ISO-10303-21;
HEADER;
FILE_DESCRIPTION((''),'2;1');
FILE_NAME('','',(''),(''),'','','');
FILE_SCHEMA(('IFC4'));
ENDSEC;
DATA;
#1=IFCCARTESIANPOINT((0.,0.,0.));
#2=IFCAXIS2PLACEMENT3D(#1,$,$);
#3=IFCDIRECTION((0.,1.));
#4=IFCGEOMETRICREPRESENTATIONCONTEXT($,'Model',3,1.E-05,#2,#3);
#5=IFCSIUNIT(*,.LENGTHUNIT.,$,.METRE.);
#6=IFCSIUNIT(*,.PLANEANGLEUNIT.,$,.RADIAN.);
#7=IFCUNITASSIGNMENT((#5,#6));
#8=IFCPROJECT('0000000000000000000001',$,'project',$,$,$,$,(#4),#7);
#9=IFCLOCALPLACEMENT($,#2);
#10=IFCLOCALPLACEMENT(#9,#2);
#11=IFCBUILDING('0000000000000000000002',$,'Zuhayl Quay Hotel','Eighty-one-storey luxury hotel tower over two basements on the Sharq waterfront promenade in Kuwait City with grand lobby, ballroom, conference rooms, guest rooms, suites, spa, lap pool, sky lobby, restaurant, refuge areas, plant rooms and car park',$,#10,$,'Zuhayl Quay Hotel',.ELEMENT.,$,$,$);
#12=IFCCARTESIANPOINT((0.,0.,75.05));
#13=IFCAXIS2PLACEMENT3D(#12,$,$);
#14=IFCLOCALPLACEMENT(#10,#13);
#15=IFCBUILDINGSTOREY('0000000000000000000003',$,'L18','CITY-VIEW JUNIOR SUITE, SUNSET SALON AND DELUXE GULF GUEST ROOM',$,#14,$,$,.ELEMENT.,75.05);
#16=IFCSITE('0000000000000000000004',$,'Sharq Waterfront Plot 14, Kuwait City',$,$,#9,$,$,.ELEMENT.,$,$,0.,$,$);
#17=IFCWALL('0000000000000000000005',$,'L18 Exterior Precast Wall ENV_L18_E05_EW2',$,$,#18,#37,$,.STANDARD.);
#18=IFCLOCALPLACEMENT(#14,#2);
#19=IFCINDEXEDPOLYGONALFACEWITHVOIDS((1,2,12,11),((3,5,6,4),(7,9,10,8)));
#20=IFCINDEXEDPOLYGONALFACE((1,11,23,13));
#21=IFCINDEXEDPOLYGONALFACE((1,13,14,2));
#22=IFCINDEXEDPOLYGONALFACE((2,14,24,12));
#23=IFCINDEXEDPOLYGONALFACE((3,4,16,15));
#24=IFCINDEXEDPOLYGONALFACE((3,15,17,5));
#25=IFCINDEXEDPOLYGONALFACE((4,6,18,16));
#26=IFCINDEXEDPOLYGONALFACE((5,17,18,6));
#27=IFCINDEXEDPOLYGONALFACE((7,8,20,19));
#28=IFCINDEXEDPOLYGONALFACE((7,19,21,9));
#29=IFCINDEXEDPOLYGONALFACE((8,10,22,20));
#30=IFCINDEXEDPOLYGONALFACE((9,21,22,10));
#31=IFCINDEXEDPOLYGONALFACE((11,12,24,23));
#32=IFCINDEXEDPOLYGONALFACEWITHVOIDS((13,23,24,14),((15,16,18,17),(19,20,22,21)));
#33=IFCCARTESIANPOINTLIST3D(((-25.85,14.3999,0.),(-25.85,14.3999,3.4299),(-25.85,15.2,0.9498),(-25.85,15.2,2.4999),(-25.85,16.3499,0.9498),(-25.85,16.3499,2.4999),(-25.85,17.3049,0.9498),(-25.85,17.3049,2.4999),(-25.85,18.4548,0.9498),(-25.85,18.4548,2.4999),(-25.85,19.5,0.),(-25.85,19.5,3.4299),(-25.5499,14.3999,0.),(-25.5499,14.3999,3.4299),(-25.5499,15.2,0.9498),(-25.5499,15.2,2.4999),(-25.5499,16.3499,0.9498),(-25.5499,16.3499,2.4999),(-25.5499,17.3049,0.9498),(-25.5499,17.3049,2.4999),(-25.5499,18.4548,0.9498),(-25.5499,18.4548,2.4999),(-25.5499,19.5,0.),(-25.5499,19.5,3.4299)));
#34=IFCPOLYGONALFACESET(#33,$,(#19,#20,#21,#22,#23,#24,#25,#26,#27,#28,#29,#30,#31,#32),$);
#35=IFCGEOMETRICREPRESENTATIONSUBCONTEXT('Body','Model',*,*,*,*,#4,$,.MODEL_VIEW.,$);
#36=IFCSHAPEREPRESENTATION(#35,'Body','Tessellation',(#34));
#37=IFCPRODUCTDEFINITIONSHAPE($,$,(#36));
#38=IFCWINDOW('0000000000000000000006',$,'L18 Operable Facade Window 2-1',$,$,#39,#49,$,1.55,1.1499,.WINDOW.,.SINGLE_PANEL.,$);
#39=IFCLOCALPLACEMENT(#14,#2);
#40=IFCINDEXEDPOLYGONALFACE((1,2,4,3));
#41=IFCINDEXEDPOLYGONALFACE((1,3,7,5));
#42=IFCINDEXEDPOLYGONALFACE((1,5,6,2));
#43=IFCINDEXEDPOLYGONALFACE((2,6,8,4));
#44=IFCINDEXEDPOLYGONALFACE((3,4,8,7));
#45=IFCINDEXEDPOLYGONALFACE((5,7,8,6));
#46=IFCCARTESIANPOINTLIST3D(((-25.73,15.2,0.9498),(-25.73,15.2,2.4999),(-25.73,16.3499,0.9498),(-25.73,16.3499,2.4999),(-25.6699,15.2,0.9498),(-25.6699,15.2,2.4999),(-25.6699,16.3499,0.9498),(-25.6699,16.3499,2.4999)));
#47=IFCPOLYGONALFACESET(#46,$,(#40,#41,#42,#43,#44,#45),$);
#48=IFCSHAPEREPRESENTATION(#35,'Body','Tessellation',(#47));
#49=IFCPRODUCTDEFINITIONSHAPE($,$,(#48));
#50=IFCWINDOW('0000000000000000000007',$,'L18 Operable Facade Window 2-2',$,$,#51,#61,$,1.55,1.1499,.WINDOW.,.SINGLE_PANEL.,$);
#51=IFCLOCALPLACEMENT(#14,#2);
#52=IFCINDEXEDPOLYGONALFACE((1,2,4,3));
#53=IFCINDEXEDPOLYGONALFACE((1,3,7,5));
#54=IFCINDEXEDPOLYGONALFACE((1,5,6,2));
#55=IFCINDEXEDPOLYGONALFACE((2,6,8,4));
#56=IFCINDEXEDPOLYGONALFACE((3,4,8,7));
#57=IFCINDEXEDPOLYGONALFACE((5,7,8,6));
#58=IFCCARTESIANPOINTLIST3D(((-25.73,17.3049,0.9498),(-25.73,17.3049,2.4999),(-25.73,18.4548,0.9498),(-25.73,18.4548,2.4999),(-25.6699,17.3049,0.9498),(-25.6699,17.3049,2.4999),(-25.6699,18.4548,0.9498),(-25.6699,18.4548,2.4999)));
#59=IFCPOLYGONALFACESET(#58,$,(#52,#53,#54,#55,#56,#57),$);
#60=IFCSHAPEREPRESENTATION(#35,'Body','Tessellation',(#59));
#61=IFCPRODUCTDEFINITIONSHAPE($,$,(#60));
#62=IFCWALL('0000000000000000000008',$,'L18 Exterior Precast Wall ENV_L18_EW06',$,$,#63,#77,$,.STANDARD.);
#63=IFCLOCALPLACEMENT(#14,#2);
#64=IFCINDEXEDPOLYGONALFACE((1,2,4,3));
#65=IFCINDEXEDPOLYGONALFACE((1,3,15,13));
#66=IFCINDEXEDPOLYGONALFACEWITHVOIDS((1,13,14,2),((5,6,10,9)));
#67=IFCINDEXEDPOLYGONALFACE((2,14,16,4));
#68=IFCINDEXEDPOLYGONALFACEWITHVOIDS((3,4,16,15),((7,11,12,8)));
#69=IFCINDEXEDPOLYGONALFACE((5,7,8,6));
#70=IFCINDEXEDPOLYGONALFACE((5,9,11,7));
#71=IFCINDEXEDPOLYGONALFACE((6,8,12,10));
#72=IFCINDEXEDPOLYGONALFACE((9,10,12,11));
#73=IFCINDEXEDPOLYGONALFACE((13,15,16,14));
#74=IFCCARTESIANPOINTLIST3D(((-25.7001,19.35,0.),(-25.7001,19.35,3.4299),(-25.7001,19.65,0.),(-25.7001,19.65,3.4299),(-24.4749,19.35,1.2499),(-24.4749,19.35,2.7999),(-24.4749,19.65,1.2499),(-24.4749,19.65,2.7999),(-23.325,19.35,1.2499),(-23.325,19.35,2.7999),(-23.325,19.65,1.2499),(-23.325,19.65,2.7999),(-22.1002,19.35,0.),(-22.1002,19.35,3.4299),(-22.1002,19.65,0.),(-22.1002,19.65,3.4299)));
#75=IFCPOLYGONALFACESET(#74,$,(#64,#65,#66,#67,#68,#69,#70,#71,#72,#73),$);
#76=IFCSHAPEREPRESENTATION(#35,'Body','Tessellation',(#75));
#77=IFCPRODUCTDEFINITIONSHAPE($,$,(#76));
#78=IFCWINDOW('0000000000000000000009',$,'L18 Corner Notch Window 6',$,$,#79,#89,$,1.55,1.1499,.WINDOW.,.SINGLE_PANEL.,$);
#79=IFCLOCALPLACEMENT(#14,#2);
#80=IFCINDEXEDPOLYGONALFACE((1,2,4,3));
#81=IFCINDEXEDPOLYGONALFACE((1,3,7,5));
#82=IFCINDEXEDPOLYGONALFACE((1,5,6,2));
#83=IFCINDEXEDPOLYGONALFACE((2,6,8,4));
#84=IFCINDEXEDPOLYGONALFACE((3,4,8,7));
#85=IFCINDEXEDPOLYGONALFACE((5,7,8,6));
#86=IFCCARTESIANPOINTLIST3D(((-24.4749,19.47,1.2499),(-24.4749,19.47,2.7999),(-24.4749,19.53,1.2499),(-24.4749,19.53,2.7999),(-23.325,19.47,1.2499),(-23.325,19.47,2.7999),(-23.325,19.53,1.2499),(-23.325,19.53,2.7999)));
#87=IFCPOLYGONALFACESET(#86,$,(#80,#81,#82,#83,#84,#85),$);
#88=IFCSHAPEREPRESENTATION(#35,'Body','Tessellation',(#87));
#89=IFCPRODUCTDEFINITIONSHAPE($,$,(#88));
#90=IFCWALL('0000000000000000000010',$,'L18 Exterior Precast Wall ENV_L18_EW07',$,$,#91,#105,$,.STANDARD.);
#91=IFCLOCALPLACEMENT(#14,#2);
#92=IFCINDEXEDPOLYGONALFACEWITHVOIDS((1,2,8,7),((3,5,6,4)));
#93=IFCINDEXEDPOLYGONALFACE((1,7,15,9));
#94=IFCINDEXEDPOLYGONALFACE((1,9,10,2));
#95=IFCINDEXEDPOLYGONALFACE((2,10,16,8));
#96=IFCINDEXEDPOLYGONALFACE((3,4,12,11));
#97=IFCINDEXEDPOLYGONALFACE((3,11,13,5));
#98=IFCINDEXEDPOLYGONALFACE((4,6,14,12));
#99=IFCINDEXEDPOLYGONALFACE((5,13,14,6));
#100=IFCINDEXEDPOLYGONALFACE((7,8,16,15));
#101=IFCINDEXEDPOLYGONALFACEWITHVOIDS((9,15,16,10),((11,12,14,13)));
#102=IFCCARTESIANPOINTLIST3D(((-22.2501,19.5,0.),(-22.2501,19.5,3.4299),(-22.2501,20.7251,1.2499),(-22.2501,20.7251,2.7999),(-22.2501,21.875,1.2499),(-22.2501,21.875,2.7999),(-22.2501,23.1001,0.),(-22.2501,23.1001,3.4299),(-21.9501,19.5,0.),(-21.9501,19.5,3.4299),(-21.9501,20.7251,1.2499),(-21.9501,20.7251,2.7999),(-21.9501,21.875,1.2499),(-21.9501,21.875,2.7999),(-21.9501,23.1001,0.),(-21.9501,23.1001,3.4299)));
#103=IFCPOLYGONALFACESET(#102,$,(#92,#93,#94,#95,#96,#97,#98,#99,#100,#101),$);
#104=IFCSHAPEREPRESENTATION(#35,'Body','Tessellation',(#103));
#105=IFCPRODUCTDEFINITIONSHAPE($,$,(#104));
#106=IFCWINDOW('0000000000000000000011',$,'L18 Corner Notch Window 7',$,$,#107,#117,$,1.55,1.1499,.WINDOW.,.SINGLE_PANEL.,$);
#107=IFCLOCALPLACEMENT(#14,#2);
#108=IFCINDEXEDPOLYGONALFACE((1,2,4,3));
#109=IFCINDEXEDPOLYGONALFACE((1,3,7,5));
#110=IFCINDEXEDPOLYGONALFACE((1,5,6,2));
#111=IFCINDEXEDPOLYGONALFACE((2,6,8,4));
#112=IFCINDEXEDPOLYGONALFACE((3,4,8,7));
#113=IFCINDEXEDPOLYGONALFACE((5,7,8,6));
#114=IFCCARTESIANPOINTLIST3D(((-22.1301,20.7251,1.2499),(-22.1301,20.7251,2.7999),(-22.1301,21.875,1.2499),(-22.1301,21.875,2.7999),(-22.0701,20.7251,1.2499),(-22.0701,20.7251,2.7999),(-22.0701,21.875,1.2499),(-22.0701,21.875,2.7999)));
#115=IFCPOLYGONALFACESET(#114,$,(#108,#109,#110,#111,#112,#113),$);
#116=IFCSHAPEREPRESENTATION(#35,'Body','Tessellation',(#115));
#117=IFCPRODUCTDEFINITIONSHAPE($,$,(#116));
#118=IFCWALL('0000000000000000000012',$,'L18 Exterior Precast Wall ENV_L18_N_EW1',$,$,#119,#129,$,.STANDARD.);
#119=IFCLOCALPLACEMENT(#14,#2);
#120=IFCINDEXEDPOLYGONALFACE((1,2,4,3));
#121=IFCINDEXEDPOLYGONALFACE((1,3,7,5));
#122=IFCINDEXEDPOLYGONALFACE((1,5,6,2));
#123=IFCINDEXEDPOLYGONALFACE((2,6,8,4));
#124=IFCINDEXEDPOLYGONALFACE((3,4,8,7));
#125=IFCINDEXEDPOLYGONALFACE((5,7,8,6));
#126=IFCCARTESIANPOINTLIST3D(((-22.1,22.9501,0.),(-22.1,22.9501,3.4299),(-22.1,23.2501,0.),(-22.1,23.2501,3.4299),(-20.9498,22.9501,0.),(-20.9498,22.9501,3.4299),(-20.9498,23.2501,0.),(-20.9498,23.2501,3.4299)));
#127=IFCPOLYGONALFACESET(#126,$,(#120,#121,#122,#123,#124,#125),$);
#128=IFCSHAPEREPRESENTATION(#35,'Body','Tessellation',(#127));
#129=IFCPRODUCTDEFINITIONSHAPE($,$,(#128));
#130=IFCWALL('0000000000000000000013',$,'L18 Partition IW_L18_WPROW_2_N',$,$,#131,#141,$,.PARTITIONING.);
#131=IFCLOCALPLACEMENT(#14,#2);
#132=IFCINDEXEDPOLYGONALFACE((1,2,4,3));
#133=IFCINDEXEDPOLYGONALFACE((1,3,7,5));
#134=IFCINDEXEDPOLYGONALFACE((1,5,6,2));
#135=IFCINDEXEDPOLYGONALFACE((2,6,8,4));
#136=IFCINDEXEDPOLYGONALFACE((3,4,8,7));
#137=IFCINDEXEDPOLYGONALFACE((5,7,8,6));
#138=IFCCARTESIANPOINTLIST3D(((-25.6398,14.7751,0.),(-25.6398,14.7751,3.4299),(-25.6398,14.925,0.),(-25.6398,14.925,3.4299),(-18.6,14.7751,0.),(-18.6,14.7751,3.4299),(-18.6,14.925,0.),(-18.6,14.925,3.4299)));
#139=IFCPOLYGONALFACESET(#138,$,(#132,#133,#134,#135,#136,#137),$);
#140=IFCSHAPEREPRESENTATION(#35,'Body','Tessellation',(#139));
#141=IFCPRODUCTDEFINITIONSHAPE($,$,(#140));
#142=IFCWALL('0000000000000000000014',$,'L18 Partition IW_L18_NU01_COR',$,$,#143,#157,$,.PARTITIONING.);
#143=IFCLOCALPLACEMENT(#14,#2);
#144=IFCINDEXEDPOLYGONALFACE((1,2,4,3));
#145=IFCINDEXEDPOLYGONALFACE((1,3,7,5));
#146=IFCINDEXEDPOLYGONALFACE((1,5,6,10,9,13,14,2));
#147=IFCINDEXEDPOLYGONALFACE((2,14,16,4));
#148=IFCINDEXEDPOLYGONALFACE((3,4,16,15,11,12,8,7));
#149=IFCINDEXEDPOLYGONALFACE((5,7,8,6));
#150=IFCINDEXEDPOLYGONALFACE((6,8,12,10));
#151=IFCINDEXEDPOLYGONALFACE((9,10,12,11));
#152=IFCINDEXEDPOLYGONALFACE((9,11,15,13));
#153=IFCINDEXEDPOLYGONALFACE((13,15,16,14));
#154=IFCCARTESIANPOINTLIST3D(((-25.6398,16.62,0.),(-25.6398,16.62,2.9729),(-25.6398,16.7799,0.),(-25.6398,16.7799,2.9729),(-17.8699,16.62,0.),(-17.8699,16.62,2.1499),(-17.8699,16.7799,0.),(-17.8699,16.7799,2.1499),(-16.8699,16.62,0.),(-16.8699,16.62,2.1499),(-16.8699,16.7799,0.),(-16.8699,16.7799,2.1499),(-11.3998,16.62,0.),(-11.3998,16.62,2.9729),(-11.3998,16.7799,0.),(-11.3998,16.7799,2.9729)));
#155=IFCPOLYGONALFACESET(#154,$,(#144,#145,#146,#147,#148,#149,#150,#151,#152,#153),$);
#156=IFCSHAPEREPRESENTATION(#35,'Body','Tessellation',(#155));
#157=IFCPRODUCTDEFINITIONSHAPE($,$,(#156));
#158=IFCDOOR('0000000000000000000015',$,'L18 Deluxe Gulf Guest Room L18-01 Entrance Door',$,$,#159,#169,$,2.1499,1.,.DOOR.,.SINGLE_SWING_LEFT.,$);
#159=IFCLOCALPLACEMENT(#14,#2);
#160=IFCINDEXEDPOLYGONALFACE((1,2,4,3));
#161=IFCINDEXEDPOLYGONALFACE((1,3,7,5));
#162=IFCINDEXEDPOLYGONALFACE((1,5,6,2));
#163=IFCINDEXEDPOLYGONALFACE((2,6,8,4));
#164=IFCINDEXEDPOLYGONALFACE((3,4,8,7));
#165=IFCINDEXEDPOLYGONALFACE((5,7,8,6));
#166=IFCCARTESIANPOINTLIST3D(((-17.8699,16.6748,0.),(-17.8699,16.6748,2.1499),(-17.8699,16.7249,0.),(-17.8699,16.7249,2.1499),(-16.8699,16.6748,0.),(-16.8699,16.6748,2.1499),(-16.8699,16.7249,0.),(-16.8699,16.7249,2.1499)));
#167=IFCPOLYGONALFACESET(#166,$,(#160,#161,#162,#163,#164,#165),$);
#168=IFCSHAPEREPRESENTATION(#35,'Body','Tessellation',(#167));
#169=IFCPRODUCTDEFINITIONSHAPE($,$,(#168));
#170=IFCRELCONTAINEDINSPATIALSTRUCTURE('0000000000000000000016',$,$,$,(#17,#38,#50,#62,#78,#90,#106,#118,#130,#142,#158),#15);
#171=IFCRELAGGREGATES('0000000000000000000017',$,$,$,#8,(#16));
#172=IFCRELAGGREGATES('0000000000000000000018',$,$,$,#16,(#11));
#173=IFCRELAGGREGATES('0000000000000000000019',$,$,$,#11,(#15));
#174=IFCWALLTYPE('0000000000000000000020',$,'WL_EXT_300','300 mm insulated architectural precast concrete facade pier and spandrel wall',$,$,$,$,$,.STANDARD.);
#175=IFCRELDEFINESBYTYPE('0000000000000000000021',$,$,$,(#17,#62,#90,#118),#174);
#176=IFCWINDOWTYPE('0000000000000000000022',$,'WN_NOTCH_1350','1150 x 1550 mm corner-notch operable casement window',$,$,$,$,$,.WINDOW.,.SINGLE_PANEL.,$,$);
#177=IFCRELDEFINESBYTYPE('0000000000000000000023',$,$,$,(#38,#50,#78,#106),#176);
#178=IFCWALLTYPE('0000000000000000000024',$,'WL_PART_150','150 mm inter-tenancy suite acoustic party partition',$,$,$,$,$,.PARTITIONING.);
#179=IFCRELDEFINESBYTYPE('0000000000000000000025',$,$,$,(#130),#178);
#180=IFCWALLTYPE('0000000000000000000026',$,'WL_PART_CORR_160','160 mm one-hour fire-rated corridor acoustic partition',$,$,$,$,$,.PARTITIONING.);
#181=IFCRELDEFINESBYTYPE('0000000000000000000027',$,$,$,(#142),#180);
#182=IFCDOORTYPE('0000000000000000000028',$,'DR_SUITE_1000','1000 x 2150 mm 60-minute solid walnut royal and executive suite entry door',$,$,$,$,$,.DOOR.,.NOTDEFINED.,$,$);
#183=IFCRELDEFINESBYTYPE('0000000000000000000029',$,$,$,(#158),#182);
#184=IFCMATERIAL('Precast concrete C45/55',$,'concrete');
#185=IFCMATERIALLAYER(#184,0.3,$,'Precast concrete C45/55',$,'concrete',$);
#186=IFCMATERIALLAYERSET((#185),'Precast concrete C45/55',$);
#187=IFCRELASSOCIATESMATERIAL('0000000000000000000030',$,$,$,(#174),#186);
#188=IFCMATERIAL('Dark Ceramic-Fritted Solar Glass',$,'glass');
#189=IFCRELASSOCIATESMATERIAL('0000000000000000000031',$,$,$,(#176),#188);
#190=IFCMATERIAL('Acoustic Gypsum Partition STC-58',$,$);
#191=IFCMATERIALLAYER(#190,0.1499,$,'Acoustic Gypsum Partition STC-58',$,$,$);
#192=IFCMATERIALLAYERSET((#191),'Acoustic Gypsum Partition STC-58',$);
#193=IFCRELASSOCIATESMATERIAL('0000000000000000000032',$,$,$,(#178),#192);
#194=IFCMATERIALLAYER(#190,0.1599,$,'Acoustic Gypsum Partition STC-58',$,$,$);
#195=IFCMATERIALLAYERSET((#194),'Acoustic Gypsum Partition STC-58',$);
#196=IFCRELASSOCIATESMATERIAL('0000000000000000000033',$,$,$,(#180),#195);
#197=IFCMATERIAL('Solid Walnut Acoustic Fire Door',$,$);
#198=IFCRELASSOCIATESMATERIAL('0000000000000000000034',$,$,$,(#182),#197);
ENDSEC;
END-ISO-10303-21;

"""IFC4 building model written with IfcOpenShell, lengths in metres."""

from ifc_helpers import new_model, si_unit, direction, frame, frame_2d, origin, place, context, subcontext, project, spatial, rectangle, extrude, material, layer, layer_set, type_object, element, fill, save


model = new_model("IFC4")

# Units and contexts
model_context = context("Model", 3, precision=1e-05, world=origin(), true_north=direction((0.0, 1.0)))
body_context = subcontext(model_context, "Body", "Model", "MODEL_VIEW")
ifc_project = project(units=[si_unit("LENGTHUNIT", "METRE"), si_unit("PLANEANGLEUNIT", "RADIAN")], contexts=[model_context])

# Site, building, storey
site_placement = place(None, origin())
site = spatial("IfcSite", under=ifc_project, at=site_placement, Name="Sharq Waterfront Plot 14, Kuwait City", CompositionType="ELEMENT", RefElevation=0.0)
building_placement = place(site_placement, origin())
building = spatial("IfcBuilding", under=site, at=building_placement, Name="Zuhayl Quay Hotel", Description="Eighty-one-storey luxury hotel tower over two basements on the Sharq waterfront promenade in Kuwait City with grand lobby, ballroom, conference rooms, guest rooms, suites, spa, lap pool, sky lobby, restaurant, refuge areas, plant rooms and car park", LongName="Zuhayl Quay Hotel", CompositionType="ELEMENT")
storey_placement = place(building_placement, frame((0.0, 0.0, 75.05)))
storey = spatial("IfcBuildingStorey", under=building, at=storey_placement, Name="L18", Description="CITY-VIEW JUNIOR SUITE, SUNSET SALON AND DELUXE GULF GUEST ROOM", CompositionType="ELEMENT", Elevation=75.05)

# Wall, openings, windows
ifc_material_1 = material(Name="Precast concrete C45/55", Category="concrete")
ifc_layer_1 = layer(ifc_material_1, 0.3, Name="Precast concrete C45/55", Category="concrete")
ifc_layer_set_1 = layer_set([ifc_layer_1], Name="Precast concrete C45/55")
wall_type_1 = type_object("IfcWallType", Name="WL_EXT_300", Description="300 mm insulated architectural precast concrete facade pier and spandrel wall", PredefinedType="STANDARD", material=ifc_layer_set_1)
wall_1_placement = place(storey_placement, frame((-25.7, 14.3999, 0.0), z_axis=(0.0, 0.0, 1.0), x_axis=(0.0, 1.0, 0.0)))
wall_1 = element("IfcWall", 1, at=wall_1_placement, inside=storey, type_object=wall_type_1, Name="L18 Exterior Precast Wall ENV_L18_E05_EW2", PredefinedType="STANDARD", context=body_context, shape_type="SweptSolid", body=[
    extrude(rectangle(XDim=5.1001, YDim=0.3, at=frame_2d((2.55, 0.0))), origin(), (0.0, 0.0, 1.0), 3.4299),
])
opening_1_placement = place(wall_1_placement, frame((0.8, 0.0, 0.95)))
opening_1 = element("IfcOpeningElement", 2, at=opening_1_placement, cuts=wall_1, PredefinedType="OPENING", context=body_context, shape_type="SweptSolid", body=[
    extrude(rectangle(XDim=1.1499, YDim=1.55, at=frame_2d((0.575, 0.7749))), frame((0.0, 0.1599, 0.0), z_axis=(0.0, -1.0, 0.0), x_axis=(1.0, 0.0, 0.0)), (0.0, 0.0, 1.0), 0.3201),
])
opening_2_placement = place(wall_1_placement, frame((2.905, 0.0, 0.95)))
opening_2 = element("IfcOpeningElement", 3, at=opening_2_placement, cuts=wall_1, PredefinedType="OPENING", context=body_context, shape_type="SweptSolid", body=[
    extrude(rectangle(XDim=1.1499, YDim=1.55, at=frame_2d((0.575, 0.7749))), frame((0.0, 0.1599, 0.0), z_axis=(0.0, -1.0, 0.0), x_axis=(1.0, 0.0, 0.0)), (0.0, 0.0, 1.0), 0.3201),
])
ifc_material_2 = material(Name="Dark Ceramic-Fritted Solar Glass", Category="glass")
window_type = type_object("IfcWindowType", Name="WN_NOTCH_1350", Description="1150 x 1550 mm corner-notch operable casement window", PartitioningType="SINGLE_PANEL", PredefinedType="WINDOW", material=ifc_material_2)
window_1_placement = place(opening_1_placement, origin())
window_1 = element("IfcWindow", 4, at=window_1_placement, inside=storey, type_object=window_type, Name="L18 Operable Facade Window 2-1", OverallHeight=1.55, OverallWidth=1.1499, PartitioningType="SINGLE_PANEL", PredefinedType="WINDOW", context=body_context, shape_type="SweptSolid", body=[
    extrude(rectangle(XDim=1.1499, YDim=1.55, at=frame_2d((0.575, 0.7749))), frame((0.0, 0.03, 0.0), z_axis=(0.0, -1.0, 0.0), x_axis=(1.0, 0.0, 0.0)), (0.0, 0.0, 1.0), 0.0601),
])
fill(opening_1, window_1)
window_2_placement = place(opening_2_placement, origin())
window_2 = element("IfcWindow", 5, at=window_2_placement, inside=storey, type_object=window_type, Name="L18 Operable Facade Window 2-2", OverallHeight=1.55, OverallWidth=1.1499, PartitioningType="SINGLE_PANEL", PredefinedType="WINDOW", context=body_context, shape_type="SweptSolid", body=[
    extrude(rectangle(XDim=1.1499, YDim=1.55, at=frame_2d((0.575, 0.7749))), frame((0.0, 0.03, 0.0), z_axis=(0.0, -1.0, 0.0), x_axis=(1.0, 0.0, 0.0)), (0.0, 0.0, 1.0), 0.0601),
])
fill(opening_2, window_2)

# Walls, openings, windows
wall_2_placement = place(storey_placement, frame((-25.7, 19.5, 0.0), z_axis=(0.0, 0.0, 1.0), x_axis=(1.0, 0.0, 0.0)))
wall_2 = element("IfcWall", 6, at=wall_2_placement, inside=storey, type_object=wall_type_1, Name="L18 Exterior Precast Wall ENV_L18_EW06", PredefinedType="STANDARD", context=body_context, shape_type="SweptSolid", body=[
    extrude(rectangle(XDim=3.5999, YDim=0.3, at=frame_2d((1.7998, 0.0))), origin(), (0.0, 0.0, 1.0), 3.4299),
])
opening_3_placement = place(wall_2_placement, frame((1.2251, 0.0, 1.25)))
opening_3 = element("IfcOpeningElement", 7, at=opening_3_placement, cuts=wall_2, PredefinedType="OPENING", context=body_context, shape_type="SweptSolid", body=[
    extrude(rectangle(XDim=1.1499, YDim=1.55, at=frame_2d((0.575, 0.7749))), frame((0.0, 0.1599, 0.0), z_axis=(0.0, -1.0, 0.0), x_axis=(1.0, 0.0, 0.0)), (0.0, 0.0, 1.0), 0.3201),
])
window_3_placement = place(opening_3_placement, origin())
window_3 = element("IfcWindow", 8, at=window_3_placement, inside=storey, type_object=window_type, Name="L18 Corner Notch Window 6", OverallHeight=1.55, OverallWidth=1.1499, PartitioningType="SINGLE_PANEL", PredefinedType="WINDOW", context=body_context, shape_type="SweptSolid", body=[
    extrude(rectangle(XDim=1.1499, YDim=1.55, at=frame_2d((0.575, 0.7749))), frame((0.0, 0.03, 0.0), z_axis=(0.0, -1.0, 0.0), x_axis=(1.0, 0.0, 0.0)), (0.0, 0.0, 1.0), 0.0601),
])
fill(opening_3, window_3)
wall_3_placement = place(storey_placement, frame((-22.1001, 19.5, 0.0), z_axis=(0.0, 0.0, 1.0), x_axis=(0.0, 1.0, 0.0)))
wall_3 = element("IfcWall", 9, at=wall_3_placement, inside=storey, type_object=wall_type_1, Name="L18 Exterior Precast Wall ENV_L18_EW07", PredefinedType="STANDARD", context=body_context, shape_type="SweptSolid", body=[
    extrude(rectangle(XDim=3.6001, YDim=0.3, at=frame_2d((1.8, 0.0))), origin(), (0.0, 0.0, 1.0), 3.4299),
])
opening_4_placement = place(wall_3_placement, frame((1.2251, 0.0, 1.25)))
opening_4 = element("IfcOpeningElement", 10, at=opening_4_placement, cuts=wall_3, PredefinedType="OPENING", context=body_context, shape_type="SweptSolid", body=[
    extrude(rectangle(XDim=1.1499, YDim=1.55, at=frame_2d((0.575, 0.7749))), frame((0.0, 0.1599, 0.0), z_axis=(0.0, -1.0, 0.0), x_axis=(1.0, 0.0, 0.0)), (0.0, 0.0, 1.0), 0.3201),
])
window_4_placement = place(opening_4_placement, origin())
window_4 = element("IfcWindow", 11, at=window_4_placement, inside=storey, type_object=window_type, Name="L18 Corner Notch Window 7", OverallHeight=1.55, OverallWidth=1.1499, PartitioningType="SINGLE_PANEL", PredefinedType="WINDOW", context=body_context, shape_type="SweptSolid", body=[
    extrude(rectangle(XDim=1.1499, YDim=1.55, at=frame_2d((0.575, 0.7749))), frame((0.0, 0.03, 0.0), z_axis=(0.0, -1.0, 0.0), x_axis=(1.0, 0.0, 0.0)), (0.0, 0.0, 1.0), 0.0601),
])
fill(opening_4, window_4)

# Walls
wall_4_placement = place(storey_placement, frame((-22.1001, 23.1001, 0.0), z_axis=(0.0, 0.0, 1.0), x_axis=(1.0, 0.0, 0.0)))
element("IfcWall", 12, at=wall_4_placement, inside=storey, type_object=wall_type_1, Name="L18 Exterior Precast Wall ENV_L18_N_EW1", PredefinedType="STANDARD", context=body_context, shape_type="SweptSolid", body=[
    extrude(rectangle(XDim=1.1501, YDim=0.3, at=frame_2d((0.5752, 0.0))), origin(), (0.0, 0.0, 1.0), 3.4299),
])
ifc_material_3 = material(Name="Acoustic Gypsum Partition STC-58")
ifc_layer_2 = layer(ifc_material_3, 0.1499, Name="Acoustic Gypsum Partition STC-58")
ifc_layer_set_2 = layer_set([ifc_layer_2], Name="Acoustic Gypsum Partition STC-58")
wall_type_2 = type_object("IfcWallType", Name="WL_PART_150", Description="150 mm inter-tenancy suite acoustic party partition", PredefinedType="PARTITIONING", material=ifc_layer_set_2)
wall_5_placement = place(storey_placement, frame((-25.6399, 14.8501, 0.0), z_axis=(0.0, 0.0, 1.0), x_axis=(1.0, 0.0, 0.0)))
element("IfcWall", 13, at=wall_5_placement, inside=storey, type_object=wall_type_2, Name="L18 Partition IW_L18_WPROW_2_N", PredefinedType="PARTITIONING", context=body_context, shape_type="SweptSolid", body=[
    extrude(rectangle(XDim=7.0398, YDim=0.1499, at=frame_2d((3.52, 0.0))), origin(), (0.0, 0.0, 1.0), 3.4299),
])

# Wall, opening, door
ifc_layer_3 = layer(ifc_material_3, 0.1599, Name="Acoustic Gypsum Partition STC-58")
ifc_layer_set_3 = layer_set([ifc_layer_3], Name="Acoustic Gypsum Partition STC-58")
wall_type_3 = type_object("IfcWallType", Name="WL_PART_CORR_160", Description="160 mm one-hour fire-rated corridor acoustic partition", PredefinedType="PARTITIONING", material=ifc_layer_set_3)
wall_6_placement = place(storey_placement, frame((-25.6399, 16.7, 0.0), z_axis=(0.0, 0.0, 1.0), x_axis=(1.0, 0.0, 0.0)))
wall_6 = element("IfcWall", 14, at=wall_6_placement, inside=storey, type_object=wall_type_3, Name="L18 Partition IW_L18_NU01_COR", PredefinedType="PARTITIONING", context=body_context, shape_type="SweptSolid", body=[
    extrude(rectangle(XDim=14.24, YDim=0.1599, at=frame_2d((7.1201, 0.0))), origin(), (0.0, 0.0, 1.0), 2.9729),
])
opening_5_placement = place(wall_6_placement, frame((7.77, 0.0, 0.0)))
opening_5 = element("IfcOpeningElement", 15, at=opening_5_placement, cuts=wall_6, PredefinedType="OPENING", context=body_context, shape_type="SweptSolid", body=[
    extrude(rectangle(XDim=1.0, YDim=2.1499, at=frame_2d((0.5, 1.075))), frame((0.0, 0.0898, 0.0), z_axis=(0.0, -1.0, 0.0), x_axis=(1.0, 0.0, 0.0)), (0.0, 0.0, 1.0), 0.1799),
])
ifc_material_4 = material(Name="Solid Walnut Acoustic Fire Door")
door_type_1 = type_object("IfcDoorType", Name="DR_SUITE_1000", Description="1000 x 2150 mm 60-minute solid walnut royal and executive suite entry door", OperationType="NOTDEFINED", PredefinedType="DOOR", material=ifc_material_4)
door_1_placement = place(opening_5_placement, origin())
door_1 = element("IfcDoor", 16, at=door_1_placement, inside=storey, type_object=door_type_1, Name="L18 Deluxe Gulf Guest Room L18-01 Entrance Door", OperationType="SINGLE_SWING_LEFT", OverallHeight=2.1499, OverallWidth=1.0, PredefinedType="DOOR", context=body_context, shape_type="SweptSolid", body=[
    extrude(rectangle(XDim=1.0, YDim=2.1499, at=frame_2d((0.5, 1.075))), frame((0.0, 0.0249, 0.0), z_axis=(0.0, -1.0, 0.0), x_axis=(1.0, 0.0, 0.0)), (0.0, 0.0, 1.0), 0.05),
])
fill(opening_5, door_1)

save(model, "model.ifc")
